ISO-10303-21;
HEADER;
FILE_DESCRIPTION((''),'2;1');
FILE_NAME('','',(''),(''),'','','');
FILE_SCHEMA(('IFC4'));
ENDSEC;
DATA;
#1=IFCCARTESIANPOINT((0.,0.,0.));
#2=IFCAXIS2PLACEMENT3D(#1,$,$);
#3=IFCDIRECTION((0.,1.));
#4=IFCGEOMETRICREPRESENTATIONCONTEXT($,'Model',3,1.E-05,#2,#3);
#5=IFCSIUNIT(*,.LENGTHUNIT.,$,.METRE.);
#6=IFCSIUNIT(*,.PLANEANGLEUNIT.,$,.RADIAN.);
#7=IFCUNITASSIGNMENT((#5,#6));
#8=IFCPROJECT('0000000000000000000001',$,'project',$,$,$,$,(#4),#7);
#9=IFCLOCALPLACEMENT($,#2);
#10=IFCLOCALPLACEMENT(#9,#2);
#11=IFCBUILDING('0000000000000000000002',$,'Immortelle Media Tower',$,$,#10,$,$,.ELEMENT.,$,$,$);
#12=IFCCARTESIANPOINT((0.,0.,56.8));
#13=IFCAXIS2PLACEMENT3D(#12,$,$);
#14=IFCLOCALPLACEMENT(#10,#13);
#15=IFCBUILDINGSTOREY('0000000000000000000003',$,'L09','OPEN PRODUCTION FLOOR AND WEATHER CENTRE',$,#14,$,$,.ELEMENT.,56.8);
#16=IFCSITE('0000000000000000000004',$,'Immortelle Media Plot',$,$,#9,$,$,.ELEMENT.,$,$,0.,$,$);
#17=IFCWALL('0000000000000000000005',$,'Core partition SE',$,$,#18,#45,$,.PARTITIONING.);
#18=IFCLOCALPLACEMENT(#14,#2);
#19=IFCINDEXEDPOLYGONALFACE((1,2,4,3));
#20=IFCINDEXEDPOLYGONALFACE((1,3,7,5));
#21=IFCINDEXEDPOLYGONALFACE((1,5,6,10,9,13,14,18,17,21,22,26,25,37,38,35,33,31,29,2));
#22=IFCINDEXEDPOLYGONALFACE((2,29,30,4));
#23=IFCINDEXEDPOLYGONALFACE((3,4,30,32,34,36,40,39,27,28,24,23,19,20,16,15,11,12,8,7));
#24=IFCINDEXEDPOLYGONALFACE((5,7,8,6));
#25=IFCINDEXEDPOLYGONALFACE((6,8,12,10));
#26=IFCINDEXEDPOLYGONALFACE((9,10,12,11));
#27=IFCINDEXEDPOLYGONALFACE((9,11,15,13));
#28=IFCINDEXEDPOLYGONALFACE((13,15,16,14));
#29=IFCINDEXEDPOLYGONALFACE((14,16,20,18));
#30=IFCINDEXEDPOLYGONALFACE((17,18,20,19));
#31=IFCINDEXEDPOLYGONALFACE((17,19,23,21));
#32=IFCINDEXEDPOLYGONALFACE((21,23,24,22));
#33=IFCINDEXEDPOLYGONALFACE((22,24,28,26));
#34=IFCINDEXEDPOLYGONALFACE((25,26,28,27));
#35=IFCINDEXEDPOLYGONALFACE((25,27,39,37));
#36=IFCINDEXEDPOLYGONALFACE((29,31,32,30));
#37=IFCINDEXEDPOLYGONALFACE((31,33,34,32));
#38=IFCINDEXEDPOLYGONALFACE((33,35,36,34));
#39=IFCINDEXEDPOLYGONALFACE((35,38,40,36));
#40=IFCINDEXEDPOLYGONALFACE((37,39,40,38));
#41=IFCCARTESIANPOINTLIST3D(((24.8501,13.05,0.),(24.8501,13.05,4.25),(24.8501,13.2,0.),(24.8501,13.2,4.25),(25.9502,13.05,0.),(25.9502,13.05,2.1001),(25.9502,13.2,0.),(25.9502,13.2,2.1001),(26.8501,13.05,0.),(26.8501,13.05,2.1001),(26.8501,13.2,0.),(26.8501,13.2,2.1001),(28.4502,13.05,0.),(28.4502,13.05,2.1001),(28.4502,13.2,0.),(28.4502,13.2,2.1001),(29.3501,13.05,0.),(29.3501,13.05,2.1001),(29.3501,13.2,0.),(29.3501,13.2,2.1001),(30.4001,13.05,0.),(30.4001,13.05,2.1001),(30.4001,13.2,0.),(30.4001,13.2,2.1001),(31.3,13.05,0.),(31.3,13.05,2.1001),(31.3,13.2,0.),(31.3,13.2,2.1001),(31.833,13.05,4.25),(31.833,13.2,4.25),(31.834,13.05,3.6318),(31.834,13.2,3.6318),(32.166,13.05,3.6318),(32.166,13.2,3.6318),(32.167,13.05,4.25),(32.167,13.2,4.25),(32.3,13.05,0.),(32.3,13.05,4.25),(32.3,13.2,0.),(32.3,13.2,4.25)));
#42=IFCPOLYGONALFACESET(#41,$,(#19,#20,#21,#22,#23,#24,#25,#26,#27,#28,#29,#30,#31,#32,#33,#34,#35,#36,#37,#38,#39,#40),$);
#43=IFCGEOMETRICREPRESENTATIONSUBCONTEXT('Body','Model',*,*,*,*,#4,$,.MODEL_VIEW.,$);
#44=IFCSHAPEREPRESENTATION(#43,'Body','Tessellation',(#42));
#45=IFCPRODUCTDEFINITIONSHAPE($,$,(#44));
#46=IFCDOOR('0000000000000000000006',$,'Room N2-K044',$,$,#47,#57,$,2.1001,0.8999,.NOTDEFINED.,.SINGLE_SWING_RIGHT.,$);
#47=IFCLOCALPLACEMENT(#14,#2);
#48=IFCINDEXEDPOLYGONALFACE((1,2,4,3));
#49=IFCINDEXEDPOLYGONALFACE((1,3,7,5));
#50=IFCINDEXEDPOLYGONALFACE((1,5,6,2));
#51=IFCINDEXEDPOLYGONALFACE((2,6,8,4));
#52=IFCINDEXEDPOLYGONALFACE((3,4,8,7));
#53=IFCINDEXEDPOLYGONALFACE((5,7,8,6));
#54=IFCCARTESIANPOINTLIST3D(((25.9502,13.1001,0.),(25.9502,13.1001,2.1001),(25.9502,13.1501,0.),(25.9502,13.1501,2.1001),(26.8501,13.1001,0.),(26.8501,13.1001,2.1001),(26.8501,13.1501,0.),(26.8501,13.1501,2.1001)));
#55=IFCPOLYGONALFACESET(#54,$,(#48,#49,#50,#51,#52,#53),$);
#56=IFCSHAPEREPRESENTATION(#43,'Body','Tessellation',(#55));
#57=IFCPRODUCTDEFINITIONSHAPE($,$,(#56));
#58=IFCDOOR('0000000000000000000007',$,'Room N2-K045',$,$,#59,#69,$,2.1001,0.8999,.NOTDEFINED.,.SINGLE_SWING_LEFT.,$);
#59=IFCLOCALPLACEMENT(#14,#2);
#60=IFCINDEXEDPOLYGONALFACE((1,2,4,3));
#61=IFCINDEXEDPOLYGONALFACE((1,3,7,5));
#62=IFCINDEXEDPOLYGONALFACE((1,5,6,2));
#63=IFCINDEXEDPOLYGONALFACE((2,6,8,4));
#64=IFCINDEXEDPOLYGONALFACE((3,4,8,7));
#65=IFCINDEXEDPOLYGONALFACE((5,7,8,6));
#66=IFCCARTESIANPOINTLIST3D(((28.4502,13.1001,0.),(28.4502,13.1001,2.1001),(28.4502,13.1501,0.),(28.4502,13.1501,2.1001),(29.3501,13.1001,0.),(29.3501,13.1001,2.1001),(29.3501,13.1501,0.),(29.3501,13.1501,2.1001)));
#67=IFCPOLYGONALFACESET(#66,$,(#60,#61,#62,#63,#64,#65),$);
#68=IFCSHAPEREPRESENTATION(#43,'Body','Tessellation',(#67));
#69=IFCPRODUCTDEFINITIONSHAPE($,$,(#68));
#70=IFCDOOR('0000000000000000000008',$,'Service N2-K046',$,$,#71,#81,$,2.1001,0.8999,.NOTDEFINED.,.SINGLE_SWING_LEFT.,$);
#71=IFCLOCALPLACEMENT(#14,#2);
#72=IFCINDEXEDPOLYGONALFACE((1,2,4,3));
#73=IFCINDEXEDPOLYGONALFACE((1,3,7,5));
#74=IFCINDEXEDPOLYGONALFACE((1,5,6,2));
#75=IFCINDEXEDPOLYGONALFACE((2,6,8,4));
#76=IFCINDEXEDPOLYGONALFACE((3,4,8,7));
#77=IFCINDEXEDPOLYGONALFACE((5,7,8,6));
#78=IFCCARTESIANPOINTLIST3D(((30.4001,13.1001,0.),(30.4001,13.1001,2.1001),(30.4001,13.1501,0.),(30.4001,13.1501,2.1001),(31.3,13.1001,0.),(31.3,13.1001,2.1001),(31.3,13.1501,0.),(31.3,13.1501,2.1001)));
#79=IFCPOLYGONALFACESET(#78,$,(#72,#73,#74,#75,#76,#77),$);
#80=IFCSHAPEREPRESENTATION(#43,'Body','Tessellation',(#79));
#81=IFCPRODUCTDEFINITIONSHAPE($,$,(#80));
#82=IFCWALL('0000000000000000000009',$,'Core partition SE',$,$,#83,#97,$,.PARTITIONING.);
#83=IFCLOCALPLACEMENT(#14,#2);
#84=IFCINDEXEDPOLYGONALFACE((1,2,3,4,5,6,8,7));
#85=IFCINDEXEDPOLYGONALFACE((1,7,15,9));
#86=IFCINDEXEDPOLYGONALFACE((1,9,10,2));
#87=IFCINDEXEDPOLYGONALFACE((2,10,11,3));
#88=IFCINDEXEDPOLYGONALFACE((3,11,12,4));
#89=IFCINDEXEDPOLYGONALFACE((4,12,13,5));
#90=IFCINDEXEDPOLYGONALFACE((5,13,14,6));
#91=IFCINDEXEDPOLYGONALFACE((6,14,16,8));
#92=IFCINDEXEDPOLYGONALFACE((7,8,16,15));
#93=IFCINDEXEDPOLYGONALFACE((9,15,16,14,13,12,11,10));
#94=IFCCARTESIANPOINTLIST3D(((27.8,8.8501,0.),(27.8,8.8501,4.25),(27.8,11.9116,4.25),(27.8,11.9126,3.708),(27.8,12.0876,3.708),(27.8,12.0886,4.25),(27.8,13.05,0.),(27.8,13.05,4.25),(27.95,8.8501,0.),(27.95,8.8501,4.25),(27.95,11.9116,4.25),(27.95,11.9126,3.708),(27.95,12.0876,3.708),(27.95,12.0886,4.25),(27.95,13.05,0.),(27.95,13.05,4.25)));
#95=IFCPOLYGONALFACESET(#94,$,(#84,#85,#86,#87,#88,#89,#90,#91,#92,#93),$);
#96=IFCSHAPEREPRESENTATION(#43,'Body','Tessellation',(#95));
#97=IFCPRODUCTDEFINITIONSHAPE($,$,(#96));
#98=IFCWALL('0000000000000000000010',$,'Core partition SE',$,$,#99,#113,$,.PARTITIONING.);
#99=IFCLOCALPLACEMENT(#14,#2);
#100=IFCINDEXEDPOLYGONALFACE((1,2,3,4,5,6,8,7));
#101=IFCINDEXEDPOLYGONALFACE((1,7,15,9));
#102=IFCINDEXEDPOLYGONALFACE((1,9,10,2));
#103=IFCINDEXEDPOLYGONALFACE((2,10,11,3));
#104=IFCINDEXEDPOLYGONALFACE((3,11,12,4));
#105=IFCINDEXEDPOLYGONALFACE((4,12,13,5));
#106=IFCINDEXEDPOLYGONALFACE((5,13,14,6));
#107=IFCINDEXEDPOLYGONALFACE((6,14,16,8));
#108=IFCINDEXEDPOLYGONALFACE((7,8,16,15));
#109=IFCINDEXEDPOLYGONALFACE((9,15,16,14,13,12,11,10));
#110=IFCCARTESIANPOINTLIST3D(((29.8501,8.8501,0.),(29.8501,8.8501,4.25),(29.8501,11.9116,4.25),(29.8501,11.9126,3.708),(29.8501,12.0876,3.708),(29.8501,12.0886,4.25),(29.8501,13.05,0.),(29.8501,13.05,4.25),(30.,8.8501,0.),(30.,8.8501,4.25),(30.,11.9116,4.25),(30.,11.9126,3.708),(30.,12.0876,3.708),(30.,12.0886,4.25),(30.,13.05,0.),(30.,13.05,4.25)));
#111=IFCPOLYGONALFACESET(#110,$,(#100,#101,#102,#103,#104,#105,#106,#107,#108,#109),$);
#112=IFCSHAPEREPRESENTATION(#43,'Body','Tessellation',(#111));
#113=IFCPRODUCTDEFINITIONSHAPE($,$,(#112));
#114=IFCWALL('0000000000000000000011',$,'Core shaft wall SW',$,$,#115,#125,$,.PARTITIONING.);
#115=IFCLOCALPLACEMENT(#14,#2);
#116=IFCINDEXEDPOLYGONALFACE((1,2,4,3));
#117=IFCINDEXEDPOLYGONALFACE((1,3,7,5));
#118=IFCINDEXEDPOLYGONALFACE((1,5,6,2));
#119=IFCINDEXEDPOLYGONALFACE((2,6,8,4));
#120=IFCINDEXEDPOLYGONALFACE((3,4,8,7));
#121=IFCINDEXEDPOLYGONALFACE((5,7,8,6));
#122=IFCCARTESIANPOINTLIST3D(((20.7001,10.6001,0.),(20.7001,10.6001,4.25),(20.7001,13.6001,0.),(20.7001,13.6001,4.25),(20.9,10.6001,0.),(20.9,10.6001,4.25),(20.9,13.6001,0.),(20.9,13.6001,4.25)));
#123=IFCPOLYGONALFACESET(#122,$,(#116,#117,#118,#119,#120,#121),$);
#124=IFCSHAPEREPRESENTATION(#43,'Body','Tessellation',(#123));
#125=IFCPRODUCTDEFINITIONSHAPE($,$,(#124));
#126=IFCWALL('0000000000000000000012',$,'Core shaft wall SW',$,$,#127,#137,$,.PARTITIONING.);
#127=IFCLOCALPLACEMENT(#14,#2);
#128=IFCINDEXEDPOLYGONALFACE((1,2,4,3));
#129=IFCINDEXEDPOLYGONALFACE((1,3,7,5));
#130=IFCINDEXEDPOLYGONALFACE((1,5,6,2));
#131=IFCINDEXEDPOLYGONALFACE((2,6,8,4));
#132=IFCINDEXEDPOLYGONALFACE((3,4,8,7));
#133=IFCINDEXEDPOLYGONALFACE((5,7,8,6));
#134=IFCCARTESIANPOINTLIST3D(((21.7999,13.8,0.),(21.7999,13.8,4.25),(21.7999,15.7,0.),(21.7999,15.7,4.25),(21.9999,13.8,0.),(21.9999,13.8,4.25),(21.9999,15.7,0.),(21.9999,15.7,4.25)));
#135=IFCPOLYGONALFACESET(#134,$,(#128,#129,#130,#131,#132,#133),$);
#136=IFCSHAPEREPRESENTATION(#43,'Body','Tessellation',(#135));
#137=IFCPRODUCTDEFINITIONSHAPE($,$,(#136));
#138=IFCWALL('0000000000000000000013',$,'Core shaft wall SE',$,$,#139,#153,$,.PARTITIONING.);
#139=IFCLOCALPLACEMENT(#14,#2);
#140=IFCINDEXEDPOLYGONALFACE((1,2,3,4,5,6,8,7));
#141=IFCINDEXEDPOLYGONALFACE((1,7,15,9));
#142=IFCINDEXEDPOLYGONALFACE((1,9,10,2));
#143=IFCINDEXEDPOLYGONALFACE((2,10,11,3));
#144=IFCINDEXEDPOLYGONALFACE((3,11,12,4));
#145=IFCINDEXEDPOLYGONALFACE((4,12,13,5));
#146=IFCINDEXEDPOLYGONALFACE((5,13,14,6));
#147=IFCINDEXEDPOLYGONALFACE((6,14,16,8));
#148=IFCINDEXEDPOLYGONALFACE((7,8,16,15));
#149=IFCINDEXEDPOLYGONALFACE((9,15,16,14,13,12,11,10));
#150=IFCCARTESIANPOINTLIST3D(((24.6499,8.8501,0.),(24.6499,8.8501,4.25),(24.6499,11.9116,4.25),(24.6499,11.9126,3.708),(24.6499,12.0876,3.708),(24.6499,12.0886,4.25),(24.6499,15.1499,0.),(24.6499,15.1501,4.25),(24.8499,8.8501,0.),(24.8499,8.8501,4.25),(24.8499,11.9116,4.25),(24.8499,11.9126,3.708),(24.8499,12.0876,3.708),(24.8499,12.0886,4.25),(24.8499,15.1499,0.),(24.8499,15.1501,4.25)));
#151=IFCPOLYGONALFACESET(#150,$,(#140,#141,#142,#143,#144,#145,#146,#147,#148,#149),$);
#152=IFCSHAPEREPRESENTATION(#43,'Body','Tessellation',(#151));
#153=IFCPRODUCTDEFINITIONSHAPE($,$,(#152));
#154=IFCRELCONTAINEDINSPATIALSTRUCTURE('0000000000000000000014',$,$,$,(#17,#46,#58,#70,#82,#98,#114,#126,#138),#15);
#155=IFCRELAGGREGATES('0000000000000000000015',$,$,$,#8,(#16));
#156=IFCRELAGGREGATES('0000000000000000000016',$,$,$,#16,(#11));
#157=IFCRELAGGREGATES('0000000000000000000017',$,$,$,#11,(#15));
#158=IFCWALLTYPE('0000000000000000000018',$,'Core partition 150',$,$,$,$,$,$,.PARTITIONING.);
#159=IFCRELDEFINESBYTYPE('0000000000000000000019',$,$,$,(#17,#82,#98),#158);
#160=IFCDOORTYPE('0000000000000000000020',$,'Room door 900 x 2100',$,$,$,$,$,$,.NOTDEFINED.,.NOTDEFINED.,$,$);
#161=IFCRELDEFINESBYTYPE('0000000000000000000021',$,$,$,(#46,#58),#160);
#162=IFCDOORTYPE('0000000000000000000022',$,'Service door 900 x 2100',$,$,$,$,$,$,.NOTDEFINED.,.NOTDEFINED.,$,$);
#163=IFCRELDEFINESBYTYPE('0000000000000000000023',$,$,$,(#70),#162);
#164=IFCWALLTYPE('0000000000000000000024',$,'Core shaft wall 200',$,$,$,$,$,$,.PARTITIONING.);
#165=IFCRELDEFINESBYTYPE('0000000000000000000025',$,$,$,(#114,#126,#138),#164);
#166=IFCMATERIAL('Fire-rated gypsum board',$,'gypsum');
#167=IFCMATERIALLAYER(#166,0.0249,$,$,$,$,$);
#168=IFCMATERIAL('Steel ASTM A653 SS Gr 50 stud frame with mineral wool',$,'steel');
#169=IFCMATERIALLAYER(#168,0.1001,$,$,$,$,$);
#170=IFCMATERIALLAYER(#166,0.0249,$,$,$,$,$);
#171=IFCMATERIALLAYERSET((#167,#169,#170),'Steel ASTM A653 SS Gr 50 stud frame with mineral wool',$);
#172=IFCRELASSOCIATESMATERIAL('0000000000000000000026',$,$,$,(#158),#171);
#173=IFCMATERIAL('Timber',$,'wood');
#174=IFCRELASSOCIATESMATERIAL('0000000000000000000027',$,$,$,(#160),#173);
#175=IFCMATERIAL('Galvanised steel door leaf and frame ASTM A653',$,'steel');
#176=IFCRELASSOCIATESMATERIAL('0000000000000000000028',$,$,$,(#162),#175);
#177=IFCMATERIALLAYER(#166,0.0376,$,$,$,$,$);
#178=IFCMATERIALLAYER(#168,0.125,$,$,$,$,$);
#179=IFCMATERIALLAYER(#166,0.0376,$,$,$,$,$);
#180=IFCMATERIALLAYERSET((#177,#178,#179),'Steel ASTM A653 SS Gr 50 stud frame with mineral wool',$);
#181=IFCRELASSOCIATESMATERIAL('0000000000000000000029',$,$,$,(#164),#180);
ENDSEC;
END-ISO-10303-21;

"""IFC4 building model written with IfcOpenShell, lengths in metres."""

from ifc_helpers import new_model, si_unit, direction, frame, frame_2d, origin, place, context, subcontext, project, spatial, polyline, rectangle, outline, extrude, material, layer, layer_set, type_object, element, fill, save


model = new_model("IFC4")

# Units and contexts
model_context = context("Model", 3, precision=1e-05, world=origin(), true_north=direction((0.0, 1.0)))
body_context = subcontext(model_context, "Body", "Model", "MODEL_VIEW")
ifc_project = project(units=[si_unit("LENGTHUNIT", "METRE"), si_unit("PLANEANGLEUNIT", "RADIAN")], contexts=[model_context])

# Site, building, storey
site_placement = place(None, origin())
site = spatial("IfcSite", under=ifc_project, at=site_placement, Name="Immortelle Media Plot", CompositionType="ELEMENT", RefElevation=0.0)
building_placement = place(site_placement, origin())
building = spatial("IfcBuilding", under=site, at=building_placement, Name="Immortelle Media Tower", CompositionType="ELEMENT")
storey_placement = place(building_placement, frame((0.0, 0.0, 56.8)))
storey = spatial("IfcBuildingStorey", under=building, at=storey_placement, Name="L09", Description="OPEN PRODUCTION FLOOR AND WEATHER CENTRE", CompositionType="ELEMENT", Elevation=56.8)

# Wall, openings, doors
ifc_material_1 = material(Name="Fire-rated gypsum board", Category="gypsum")
ifc_layer_1 = layer(ifc_material_1, 0.0249)
ifc_material_2 = material(Name="Steel ASTM A653 SS Gr 50 stud frame with mineral wool", Category="steel")
ifc_layer_2 = layer(ifc_material_2, 0.1001)
ifc_layer_3 = layer(ifc_material_1, 0.0249)
ifc_layer_set_1 = layer_set([ifc_layer_1, ifc_layer_2, ifc_layer_3], Name="Steel ASTM A653 SS Gr 50 stud frame with mineral wool")
wall_type_1 = type_object("IfcWallType", Name="Core partition 150", PredefinedType="PARTITIONING", material=ifc_layer_set_1)
wall_1_placement = place(storey_placement, frame((24.8501, 13.125, 0.0), z_axis=(0.0, 0.0, 1.0), x_axis=(1.0, 0.0, 0.0)))
wall_1 = element("IfcWall", 1, at=wall_1_placement, inside=storey, type_object=wall_type_1, Name="Core partition SE", PredefinedType="PARTITIONING", context=body_context, shape_type="SweptSolid", body=[
    extrude(outline(polyline([(0.0, 0.0), (7.45, 0.0), (7.45, 4.25), (7.3169, 4.25), (7.3159, 3.6318), (6.9839, 3.6318), (6.9829, 4.25), (0.0, 4.25), (0.0, 0.0)])), frame((0.0, 0.075, 0.0), z_axis=(0.0, -1.0, 0.0), x_axis=(1.0, 0.0, 0.0)), (0.0, 0.0, 1.0), 0.1499),
])
opening_1_placement = place(wall_1_placement, frame((2.0, 0.0, 0.0), z_axis=(0.0, 0.0, 1.0), x_axis=(-1.0, 0.0, 0.0)))
opening_1 = element("IfcOpeningElement", 2, at=opening_1_placement, cuts=wall_1, PredefinedType="OPENING", context=body_context, shape_type="SweptSolid", body=[
    extrude(rectangle(XDim=0.8999, YDim=2.1001, at=frame_2d((0.45, 1.05))), frame((0.0, 0.085, 0.0), z_axis=(0.0, -1.0, 0.0), x_axis=(1.0, 0.0, 0.0)), (0.0, 0.0, 1.0), 0.1699),
])
opening_2_placement = place(wall_1_placement, frame((4.5, 0.0, 0.0), z_axis=(0.0, 0.0, 1.0), x_axis=(-1.0, 0.0, 0.0)))
opening_2 = element("IfcOpeningElement", 3, at=opening_2_placement, cuts=wall_1, PredefinedType="OPENING", context=body_context, shape_type="SweptSolid", body=[
    extrude(rectangle(XDim=0.8999, YDim=2.1001, at=frame_2d((0.45, 1.05))), frame((0.0, 0.085, 0.0), z_axis=(0.0, -1.0, 0.0), x_axis=(1.0, 0.0, 0.0)), (0.0, 0.0, 1.0), 0.1699),
])
opening_3_placement = place(wall_1_placement, frame((6.45, 0.0, 0.0), z_axis=(0.0, 0.0, 1.0), x_axis=(-1.0, 0.0, 0.0)))
opening_3 = element("IfcOpeningElement", 4, at=opening_3_placement, cuts=wall_1, PredefinedType="OPENING", context=body_context, shape_type="SweptSolid", body=[
    extrude(rectangle(XDim=0.8999, YDim=2.1001, at=frame_2d((0.45, 1.05))), frame((0.0, 0.085, 0.0), z_axis=(0.0, -1.0, 0.0), x_axis=(1.0, 0.0, 0.0)), (0.0, 0.0, 1.0), 0.1699),
])
ifc_material_3 = material(Name="Timber", Category="wood")
door_type_1 = type_object("IfcDoorType", Name="Room door 900 x 2100", OperationType="NOTDEFINED", PredefinedType="NOTDEFINED", material=ifc_material_3)
door_1_placement = place(opening_1_placement, origin())
door_1 = element("IfcDoor", 5, at=door_1_placement, inside=storey, type_object=door_type_1, Name="Room N2-K044", OperationType="SINGLE_SWING_RIGHT", OverallHeight=2.1001, OverallWidth=0.8999, PredefinedType="NOTDEFINED", context=body_context, shape_type="SweptSolid", body=[
    extrude(rectangle(XDim=0.8999, YDim=2.1001, at=frame_2d((0.45, 1.05))), frame((0.0, 0.0249, 0.0), z_axis=(0.0, -1.0, 0.0), x_axis=(1.0, 0.0, 0.0)), (0.0, 0.0, 1.0), 0.05),
])
fill(opening_1, door_1)
door_2_placement = place(opening_2_placement, origin())
door_2 = element("IfcDoor", 6, at=door_2_placement, inside=storey, type_object=door_type_1, Name="Room N2-K045", OperationType="SINGLE_SWING_LEFT", OverallHeight=2.1001, OverallWidth=0.8999, PredefinedType="NOTDEFINED", context=body_context, shape_type="SweptSolid", body=[
    extrude(rectangle(XDim=0.8999, YDim=2.1001, at=frame_2d((0.45, 1.05))), frame((0.0, 0.0249, 0.0), z_axis=(0.0, -1.0, 0.0), x_axis=(1.0, 0.0, 0.0)), (0.0, 0.0, 1.0), 0.05),
])
fill(opening_2, door_2)
ifc_material_4 = material(Name="Galvanised steel door leaf and frame ASTM A653", Category="steel")
door_type_2 = type_object("IfcDoorType", Name="Service door 900 x 2100", OperationType="NOTDEFINED", PredefinedType="NOTDEFINED", material=ifc_material_4)
door_3_placement = place(opening_3_placement, origin())
door_3 = element("IfcDoor", 7, at=door_3_placement, inside=storey, type_object=door_type_2, Name="Service N2-K046", OperationType="SINGLE_SWING_LEFT", OverallHeight=2.1001, OverallWidth=0.8999, PredefinedType="NOTDEFINED", context=body_context, shape_type="SweptSolid", body=[
    extrude(rectangle(XDim=0.8999, YDim=2.1001, at=frame_2d((0.45, 1.05))), frame((0.0, 0.0249, 0.0), z_axis=(0.0, -1.0, 0.0), x_axis=(1.0, 0.0, 0.0)), (0.0, 0.0, 1.0), 0.05),
])
fill(opening_3, door_3)

# Walls
for number, where, z_axis, x_axis, name in (
    (8, (27.875, 8.8501, 0.0), (0.0, 0.0, 1.0), (0.0, 1.0, 0.0), "Core partition SE"),
    (9, (29.925, 8.8501, 0.0), (0.0, 0.0, 1.0), (0.0, 1.0, 0.0), "Core partition SE"),
):
    element("IfcWall", number, at=place(storey_placement, frame(where, z_axis=z_axis, x_axis=x_axis)), inside=storey, type_object=wall_type_1, Name=name, PredefinedType="PARTITIONING", context=body_context, shape_type="SweptSolid", body=[
        extrude(outline(polyline([(0.0, 0.0), (4.2, 0.0), (4.2, 4.25), (3.2385, 4.25), (3.2375, 3.708), (3.0625, 3.708), (3.0615, 4.25), (0.0, 4.25), (0.0, 0.0)])), frame((0.0, 0.075, 0.0), z_axis=(0.0, -1.0, 0.0), x_axis=(1.0, 0.0, 0.0)), (0.0, 0.0, 1.0), 0.1499),
    ])
ifc_layer_4 = layer(ifc_material_1, 0.0376)
ifc_layer_5 = layer(ifc_material_2, 0.125)
ifc_layer_6 = layer(ifc_material_1, 0.0376)
ifc_layer_set_2 = layer_set([ifc_layer_4, ifc_layer_5, ifc_layer_6], Name="Steel ASTM A653 SS Gr 50 stud frame with mineral wool")
wall_type_2 = type_object("IfcWallType", Name="Core shaft wall 200", PredefinedType="PARTITIONING", material=ifc_layer_set_2)
wall_2_placement = place(storey_placement, frame((20.8, 10.6001, 0.0), z_axis=(0.0, 0.0, 1.0), x_axis=(0.0, 1.0, 0.0)))
element("IfcWall", 10, at=wall_2_placement, inside=storey, type_object=wall_type_2, Name="Core shaft wall SW", PredefinedType="PARTITIONING", context=body_context, shape_type="SweptSolid", body=[
    extrude(rectangle(XDim=3.0, YDim=0.2, at=frame_2d((1.5, 0.0))), origin(), (0.0, 0.0, 1.0), 4.25),
])
wall_3_placement = place(storey_placement, frame((21.8999, 13.8, 0.0), z_axis=(0.0, 0.0, 1.0), x_axis=(0.0, 1.0, 0.0)))
element("IfcWall", 11, at=wall_3_placement, inside=storey, type_object=wall_type_2, Name="Core shaft wall SW", PredefinedType="PARTITIONING", context=body_context, shape_type="SweptSolid", body=[
    extrude(rectangle(XDim=1.8999, YDim=0.2, at=frame_2d((0.95, 0.0))), origin(), (0.0, 0.0, 1.0), 4.25),
])
wall_4_placement = place(storey_placement, frame((24.75, 8.8501, 0.0), z_axis=(0.0, 0.0, 1.0), x_axis=(0.0, 1.0, 0.0)))
element("IfcWall", 12, at=wall_4_placement, inside=storey, type_object=wall_type_2, Name="Core shaft wall SE", PredefinedType="PARTITIONING", context=body_context, shape_type="SweptSolid", body=[
    extrude(outline(polyline([(0.0, 0.0), (6.2998, 0.0), (6.3, 4.25), (3.2385, 4.25), (3.2375, 3.708), (3.0625, 3.708), (3.0615, 4.25), (0.0, 4.25), (0.0, 0.0)])), frame((0.0, 0.1001, 0.0), z_axis=(0.0, -1.0, 0.0), x_axis=(1.0, 0.0, 0.0)), (0.0, 0.0, 1.0), 0.2),
])

save(model, "model.ifc")
